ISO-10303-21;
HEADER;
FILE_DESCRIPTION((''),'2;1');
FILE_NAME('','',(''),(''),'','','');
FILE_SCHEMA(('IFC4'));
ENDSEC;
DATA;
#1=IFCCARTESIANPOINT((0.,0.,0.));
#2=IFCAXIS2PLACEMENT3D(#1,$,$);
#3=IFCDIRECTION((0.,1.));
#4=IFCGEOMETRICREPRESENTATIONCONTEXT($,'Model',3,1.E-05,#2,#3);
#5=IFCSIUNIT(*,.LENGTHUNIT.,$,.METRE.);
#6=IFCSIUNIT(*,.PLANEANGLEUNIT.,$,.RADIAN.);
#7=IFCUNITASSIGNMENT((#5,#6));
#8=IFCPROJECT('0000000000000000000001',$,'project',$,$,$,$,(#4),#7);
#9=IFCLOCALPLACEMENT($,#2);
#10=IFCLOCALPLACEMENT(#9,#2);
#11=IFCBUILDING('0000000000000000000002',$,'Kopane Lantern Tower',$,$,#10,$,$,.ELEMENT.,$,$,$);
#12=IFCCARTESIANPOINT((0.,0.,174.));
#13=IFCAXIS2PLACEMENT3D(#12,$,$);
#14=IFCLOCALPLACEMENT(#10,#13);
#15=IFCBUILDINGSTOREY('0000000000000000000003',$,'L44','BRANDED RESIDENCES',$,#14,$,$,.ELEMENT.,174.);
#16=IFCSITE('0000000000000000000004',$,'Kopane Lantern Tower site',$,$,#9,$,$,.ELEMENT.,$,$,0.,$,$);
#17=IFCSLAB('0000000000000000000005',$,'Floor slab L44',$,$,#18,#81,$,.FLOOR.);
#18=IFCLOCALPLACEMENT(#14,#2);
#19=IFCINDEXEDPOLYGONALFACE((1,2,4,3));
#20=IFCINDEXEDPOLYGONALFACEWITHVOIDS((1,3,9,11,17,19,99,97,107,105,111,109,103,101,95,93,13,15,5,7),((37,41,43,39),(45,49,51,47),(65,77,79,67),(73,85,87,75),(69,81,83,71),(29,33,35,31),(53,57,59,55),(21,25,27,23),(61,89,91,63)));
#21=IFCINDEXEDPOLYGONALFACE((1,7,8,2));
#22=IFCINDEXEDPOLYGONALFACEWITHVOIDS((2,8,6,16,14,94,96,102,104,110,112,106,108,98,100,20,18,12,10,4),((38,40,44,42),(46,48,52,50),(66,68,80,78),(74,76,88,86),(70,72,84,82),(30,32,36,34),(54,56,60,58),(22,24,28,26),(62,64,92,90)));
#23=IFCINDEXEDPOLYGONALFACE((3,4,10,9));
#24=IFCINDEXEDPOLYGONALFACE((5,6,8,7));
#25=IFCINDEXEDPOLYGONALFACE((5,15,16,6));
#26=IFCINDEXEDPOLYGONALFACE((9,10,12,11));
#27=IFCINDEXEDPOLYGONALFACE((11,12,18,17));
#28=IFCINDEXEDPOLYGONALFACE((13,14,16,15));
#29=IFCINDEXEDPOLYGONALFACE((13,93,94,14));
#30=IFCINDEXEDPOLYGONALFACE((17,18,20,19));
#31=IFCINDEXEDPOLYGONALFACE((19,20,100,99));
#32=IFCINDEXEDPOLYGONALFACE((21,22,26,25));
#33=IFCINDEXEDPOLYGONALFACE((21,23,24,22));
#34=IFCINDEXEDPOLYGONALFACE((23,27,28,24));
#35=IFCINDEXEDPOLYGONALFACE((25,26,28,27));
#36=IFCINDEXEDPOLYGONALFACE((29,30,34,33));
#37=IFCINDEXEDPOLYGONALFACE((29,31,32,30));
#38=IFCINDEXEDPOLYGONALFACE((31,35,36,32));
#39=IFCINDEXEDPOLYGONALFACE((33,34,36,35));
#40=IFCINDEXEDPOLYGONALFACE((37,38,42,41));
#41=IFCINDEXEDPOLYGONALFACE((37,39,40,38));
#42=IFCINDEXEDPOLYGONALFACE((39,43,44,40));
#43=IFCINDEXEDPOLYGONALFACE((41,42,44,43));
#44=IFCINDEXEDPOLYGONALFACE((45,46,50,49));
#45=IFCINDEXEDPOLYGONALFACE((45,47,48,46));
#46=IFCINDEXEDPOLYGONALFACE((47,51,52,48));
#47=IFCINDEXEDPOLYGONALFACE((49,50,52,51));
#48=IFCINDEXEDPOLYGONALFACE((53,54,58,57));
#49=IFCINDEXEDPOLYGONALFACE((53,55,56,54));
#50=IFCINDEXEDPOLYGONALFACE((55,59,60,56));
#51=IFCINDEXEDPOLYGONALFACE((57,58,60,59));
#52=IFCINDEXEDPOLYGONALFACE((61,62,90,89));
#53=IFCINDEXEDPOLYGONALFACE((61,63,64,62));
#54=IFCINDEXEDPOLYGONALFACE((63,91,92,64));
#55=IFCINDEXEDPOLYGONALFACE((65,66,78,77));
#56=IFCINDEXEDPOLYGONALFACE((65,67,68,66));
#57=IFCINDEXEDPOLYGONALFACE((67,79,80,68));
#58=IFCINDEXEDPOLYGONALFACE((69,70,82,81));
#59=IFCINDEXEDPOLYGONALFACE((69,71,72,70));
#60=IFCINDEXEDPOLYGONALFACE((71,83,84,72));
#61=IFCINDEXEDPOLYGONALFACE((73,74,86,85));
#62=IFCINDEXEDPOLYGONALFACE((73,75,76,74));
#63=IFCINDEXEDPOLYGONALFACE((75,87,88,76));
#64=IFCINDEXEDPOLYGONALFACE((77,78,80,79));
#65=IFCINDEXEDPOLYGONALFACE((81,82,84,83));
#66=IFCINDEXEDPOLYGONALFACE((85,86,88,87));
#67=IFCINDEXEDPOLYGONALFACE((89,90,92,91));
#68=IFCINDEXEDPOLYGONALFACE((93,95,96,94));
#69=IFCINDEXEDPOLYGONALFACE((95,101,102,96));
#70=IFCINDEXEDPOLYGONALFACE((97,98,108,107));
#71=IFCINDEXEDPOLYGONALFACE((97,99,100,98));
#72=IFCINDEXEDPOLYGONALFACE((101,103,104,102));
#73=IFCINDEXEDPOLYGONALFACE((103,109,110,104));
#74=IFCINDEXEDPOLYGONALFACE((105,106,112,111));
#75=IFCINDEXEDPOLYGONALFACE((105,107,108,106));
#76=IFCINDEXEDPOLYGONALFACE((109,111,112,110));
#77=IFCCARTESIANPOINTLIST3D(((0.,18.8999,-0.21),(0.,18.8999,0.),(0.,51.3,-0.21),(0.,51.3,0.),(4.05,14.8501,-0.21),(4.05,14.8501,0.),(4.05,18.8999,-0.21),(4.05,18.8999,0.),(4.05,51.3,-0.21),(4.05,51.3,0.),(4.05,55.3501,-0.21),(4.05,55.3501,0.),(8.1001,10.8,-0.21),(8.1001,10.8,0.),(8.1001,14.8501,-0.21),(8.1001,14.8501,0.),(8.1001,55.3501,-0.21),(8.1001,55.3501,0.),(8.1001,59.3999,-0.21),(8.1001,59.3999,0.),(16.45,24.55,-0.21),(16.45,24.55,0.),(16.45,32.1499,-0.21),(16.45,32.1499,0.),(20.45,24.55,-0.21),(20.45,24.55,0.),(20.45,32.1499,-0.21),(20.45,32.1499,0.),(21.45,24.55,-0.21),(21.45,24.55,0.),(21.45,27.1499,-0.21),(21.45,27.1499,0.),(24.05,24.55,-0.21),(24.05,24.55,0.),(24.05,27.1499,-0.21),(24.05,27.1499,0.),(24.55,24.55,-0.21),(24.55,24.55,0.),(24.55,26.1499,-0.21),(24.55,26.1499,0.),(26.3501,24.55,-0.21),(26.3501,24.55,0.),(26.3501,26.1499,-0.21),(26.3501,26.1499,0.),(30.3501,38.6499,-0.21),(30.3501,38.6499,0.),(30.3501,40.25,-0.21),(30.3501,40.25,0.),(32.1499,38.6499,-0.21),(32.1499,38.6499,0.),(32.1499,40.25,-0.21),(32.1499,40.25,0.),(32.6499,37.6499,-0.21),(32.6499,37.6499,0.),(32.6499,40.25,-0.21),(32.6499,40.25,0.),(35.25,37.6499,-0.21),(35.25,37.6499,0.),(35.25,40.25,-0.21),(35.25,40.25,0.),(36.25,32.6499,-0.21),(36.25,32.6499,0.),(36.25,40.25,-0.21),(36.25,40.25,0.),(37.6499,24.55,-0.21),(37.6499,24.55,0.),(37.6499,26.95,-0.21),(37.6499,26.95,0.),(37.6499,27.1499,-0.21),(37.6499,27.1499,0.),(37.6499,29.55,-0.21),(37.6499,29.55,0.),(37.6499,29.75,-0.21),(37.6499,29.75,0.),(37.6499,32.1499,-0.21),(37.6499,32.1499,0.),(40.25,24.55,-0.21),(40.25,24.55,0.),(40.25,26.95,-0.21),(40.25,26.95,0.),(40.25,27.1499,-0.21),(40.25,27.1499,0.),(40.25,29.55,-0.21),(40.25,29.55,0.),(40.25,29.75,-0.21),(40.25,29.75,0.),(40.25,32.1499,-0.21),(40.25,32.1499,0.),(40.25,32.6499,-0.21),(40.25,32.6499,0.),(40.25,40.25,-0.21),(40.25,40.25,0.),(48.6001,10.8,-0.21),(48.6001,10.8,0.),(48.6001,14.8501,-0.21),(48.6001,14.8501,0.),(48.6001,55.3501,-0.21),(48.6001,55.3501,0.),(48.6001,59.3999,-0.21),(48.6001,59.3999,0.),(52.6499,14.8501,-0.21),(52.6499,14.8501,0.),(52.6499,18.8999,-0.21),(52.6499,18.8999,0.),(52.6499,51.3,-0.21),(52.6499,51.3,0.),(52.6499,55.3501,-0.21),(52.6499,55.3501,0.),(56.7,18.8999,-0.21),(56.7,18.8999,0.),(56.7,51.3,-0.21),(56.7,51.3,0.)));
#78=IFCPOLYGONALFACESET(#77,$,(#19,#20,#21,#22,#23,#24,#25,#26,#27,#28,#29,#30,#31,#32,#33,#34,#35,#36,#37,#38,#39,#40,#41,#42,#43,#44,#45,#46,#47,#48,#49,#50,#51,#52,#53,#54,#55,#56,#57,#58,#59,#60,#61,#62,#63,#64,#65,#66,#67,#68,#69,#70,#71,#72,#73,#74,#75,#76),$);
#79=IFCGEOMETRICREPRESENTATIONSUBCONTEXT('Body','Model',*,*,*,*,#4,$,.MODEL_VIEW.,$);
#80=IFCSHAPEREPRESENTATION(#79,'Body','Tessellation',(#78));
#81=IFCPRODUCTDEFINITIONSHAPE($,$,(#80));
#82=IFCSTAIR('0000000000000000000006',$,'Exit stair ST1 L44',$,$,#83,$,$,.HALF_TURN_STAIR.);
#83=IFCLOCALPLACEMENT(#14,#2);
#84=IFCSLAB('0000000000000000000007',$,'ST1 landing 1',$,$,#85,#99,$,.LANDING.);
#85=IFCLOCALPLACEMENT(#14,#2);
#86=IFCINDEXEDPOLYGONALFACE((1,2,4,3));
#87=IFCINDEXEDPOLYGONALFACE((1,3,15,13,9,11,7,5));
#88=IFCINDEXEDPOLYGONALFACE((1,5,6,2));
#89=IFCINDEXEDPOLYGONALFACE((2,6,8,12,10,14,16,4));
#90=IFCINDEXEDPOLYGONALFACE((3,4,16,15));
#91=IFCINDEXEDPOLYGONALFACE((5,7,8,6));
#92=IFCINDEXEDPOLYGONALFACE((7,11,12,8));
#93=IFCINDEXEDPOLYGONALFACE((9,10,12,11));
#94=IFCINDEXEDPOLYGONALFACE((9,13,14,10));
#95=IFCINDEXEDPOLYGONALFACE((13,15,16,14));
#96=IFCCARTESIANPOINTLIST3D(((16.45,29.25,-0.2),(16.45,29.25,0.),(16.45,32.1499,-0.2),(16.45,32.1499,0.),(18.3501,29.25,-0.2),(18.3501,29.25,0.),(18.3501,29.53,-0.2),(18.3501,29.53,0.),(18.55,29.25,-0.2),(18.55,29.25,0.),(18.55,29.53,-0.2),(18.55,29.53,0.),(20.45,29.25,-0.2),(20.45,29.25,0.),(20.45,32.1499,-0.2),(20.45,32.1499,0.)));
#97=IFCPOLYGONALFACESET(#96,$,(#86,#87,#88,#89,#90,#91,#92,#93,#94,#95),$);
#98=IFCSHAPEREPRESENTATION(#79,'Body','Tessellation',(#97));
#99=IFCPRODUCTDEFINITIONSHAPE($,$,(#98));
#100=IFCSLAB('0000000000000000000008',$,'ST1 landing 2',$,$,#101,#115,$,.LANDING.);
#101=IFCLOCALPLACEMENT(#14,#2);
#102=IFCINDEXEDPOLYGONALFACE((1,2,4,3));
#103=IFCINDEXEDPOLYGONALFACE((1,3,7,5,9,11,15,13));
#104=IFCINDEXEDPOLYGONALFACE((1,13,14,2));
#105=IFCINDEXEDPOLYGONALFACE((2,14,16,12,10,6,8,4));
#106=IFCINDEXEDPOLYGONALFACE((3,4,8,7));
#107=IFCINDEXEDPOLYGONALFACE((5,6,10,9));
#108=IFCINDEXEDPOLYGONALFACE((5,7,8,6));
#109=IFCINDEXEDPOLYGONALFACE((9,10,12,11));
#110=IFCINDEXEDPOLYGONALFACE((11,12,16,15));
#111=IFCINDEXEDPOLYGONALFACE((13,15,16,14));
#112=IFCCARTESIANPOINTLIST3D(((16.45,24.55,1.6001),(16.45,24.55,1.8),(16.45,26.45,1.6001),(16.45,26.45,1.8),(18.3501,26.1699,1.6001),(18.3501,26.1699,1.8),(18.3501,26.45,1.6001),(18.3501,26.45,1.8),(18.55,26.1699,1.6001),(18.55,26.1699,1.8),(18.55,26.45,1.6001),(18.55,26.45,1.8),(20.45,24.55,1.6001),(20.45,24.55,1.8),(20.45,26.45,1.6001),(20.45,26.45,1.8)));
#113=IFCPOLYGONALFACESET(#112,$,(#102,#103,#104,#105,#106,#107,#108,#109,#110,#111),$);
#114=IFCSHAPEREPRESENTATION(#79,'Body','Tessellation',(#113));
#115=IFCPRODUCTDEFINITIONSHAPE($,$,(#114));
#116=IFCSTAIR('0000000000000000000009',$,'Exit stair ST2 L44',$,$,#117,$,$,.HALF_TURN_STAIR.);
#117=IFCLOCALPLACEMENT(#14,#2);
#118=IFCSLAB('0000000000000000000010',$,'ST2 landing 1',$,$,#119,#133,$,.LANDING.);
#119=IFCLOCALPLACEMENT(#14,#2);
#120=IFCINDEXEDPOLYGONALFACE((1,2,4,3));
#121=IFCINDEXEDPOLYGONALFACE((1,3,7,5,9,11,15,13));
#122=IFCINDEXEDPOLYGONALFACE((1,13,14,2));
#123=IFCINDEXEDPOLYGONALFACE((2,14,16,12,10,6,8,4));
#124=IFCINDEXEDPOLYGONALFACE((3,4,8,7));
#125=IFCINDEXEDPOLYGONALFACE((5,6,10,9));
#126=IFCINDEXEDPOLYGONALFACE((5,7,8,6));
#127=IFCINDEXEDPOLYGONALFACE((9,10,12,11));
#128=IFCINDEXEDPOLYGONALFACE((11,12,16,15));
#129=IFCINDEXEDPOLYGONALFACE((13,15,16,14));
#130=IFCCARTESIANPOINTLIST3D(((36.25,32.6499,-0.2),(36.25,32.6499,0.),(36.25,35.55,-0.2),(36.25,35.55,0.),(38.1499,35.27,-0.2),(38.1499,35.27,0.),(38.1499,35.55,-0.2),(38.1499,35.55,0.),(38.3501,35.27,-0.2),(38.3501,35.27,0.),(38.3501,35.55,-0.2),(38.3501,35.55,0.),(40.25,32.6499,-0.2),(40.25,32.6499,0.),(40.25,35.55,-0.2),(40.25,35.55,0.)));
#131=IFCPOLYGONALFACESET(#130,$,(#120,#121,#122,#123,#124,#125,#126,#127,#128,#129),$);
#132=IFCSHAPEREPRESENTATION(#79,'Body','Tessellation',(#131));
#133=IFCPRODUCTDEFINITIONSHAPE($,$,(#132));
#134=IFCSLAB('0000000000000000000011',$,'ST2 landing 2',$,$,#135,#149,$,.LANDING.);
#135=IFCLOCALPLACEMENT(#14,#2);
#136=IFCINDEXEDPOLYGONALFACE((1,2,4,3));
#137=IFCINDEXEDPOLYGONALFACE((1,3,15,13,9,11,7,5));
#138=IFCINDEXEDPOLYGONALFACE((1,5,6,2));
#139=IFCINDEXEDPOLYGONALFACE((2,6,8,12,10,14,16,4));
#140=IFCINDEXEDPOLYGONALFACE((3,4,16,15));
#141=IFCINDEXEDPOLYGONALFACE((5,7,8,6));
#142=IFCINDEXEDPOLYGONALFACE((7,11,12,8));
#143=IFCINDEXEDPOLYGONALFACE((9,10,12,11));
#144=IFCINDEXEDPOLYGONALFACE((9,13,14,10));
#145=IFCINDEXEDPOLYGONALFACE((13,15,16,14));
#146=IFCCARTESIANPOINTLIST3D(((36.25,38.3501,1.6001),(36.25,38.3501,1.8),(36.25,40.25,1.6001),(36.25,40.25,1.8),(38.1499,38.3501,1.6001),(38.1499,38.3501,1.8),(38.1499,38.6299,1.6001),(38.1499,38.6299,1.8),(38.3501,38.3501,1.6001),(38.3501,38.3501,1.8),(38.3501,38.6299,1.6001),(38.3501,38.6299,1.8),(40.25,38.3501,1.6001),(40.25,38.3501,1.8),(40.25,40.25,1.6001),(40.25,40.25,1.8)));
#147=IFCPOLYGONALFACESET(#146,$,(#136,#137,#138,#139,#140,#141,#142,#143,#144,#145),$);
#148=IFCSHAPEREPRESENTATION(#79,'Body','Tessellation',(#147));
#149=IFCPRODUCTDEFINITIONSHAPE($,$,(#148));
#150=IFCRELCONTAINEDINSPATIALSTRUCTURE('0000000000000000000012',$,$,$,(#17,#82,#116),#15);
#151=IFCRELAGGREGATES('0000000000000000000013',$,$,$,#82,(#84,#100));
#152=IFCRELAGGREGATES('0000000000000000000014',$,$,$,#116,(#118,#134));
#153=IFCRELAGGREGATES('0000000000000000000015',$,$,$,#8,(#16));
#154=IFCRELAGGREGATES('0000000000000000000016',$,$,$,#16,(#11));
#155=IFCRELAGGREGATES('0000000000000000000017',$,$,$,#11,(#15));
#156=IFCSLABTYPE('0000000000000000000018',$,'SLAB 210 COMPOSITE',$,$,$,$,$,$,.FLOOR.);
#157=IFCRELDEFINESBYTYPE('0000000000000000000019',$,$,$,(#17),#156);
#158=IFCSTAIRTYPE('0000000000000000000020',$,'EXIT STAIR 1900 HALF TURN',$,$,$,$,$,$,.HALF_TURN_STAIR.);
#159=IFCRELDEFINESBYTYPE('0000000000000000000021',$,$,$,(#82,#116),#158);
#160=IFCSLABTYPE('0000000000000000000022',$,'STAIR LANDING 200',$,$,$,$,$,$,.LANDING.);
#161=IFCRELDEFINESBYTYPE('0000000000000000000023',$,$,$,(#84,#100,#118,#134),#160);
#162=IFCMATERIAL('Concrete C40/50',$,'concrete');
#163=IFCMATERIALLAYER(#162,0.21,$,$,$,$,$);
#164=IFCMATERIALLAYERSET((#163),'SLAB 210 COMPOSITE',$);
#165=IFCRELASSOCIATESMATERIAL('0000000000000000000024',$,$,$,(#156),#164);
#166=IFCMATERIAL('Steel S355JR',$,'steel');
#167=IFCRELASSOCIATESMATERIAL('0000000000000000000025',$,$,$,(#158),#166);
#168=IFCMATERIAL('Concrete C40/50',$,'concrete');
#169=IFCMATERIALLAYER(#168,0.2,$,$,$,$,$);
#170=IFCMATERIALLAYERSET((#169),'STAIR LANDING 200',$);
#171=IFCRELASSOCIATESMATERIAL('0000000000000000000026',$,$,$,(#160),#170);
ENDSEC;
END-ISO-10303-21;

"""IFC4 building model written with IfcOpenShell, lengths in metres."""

from ifc_helpers import new_model, si_unit, direction, frame, origin, place, context, subcontext, project, spatial, polyline, outline, extrude, material, layer, layer_set, type_object, element, aggregate, save


model = new_model("IFC4")

# Units and contexts
model_context = context("Model", 3, precision=1e-05, world=origin(), true_north=direction((0.0, 1.0)))
body_context = subcontext(model_context, "Body", "Model", "MODEL_VIEW")
ifc_project = project(units=[si_unit("LENGTHUNIT", "METRE"), si_unit("PLANEANGLEUNIT", "RADIAN")], contexts=[model_context])

# Site, building, storey
site_placement = place(None, origin())
site = spatial("IfcSite", under=ifc_project, at=site_placement, Name="Kopane Lantern Tower site", CompositionType="ELEMENT", RefElevation=0.0)
building_placement = place(site_placement, origin())
building = spatial("IfcBuilding", under=site, at=building_placement, Name="Kopane Lantern Tower", CompositionType="ELEMENT")
storey_placement = place(building_placement, frame((0.0, 0.0, 174.0)))
storey = spatial("IfcBuildingStorey", under=building, at=storey_placement, Name="L44", Description="BRANDED RESIDENCES", CompositionType="ELEMENT", Elevation=174.0)

# Slab
ifc_material_1 = material(Name="Concrete C40/50", Category="concrete")
ifc_layer_1 = layer(ifc_material_1, 0.21)
ifc_layer_set_1 = layer_set([ifc_layer_1], Name="SLAB 210 COMPOSITE")
slab_type_1 = type_object("IfcSlabType", Name="SLAB 210 COMPOSITE", PredefinedType="FLOOR", material=ifc_layer_set_1)
slab_1_placement = place(storey_placement, frame((0.0, 0.0, -0.21)))
element("IfcSlab", 1, at=slab_1_placement, inside=storey, type_object=slab_type_1, Name="Floor slab L44", PredefinedType="FLOOR", context=body_context, shape_type="SweptSolid", body=[
    extrude(outline(polyline([(8.1001, 10.8), (48.6001, 10.8), (48.6001, 14.8501), (52.6499, 14.8501), (52.6499, 18.8999), (56.7, 18.8999), (56.7, 51.3), (52.6499, 51.3), (52.6499, 55.3501), (48.6001, 55.3501), (48.6001, 59.3999), (8.1001, 59.3999), (8.1001, 55.3501), (4.05, 55.3501), (4.05, 51.3), (0.0, 51.3), (0.0, 18.8999), (4.05, 18.8999), (4.05, 14.8501), (8.1001, 14.8501), (8.1001, 10.8)]), holes=[polyline([(16.45, 24.55), (20.45, 24.55), (20.45, 32.1499), (16.45, 32.1499), (16.45, 24.55)]), polyline([(36.25, 32.6499), (40.25, 32.6499), (40.25, 40.25), (36.25, 40.25), (36.25, 32.6499)]), polyline([(37.6499, 24.55), (40.25, 24.55), (40.25, 26.95), (37.6499, 26.95), (37.6499, 24.55)]), polyline([(37.6499, 27.1499), (40.25, 27.1499), (40.25, 29.55), (37.6499, 29.55), (37.6499, 27.1499)]), polyline([(37.6499, 29.75), (40.25, 29.75), (40.25, 32.1499), (37.6499, 32.1499), (37.6499, 29.75)]), polyline([(21.45, 24.55), (24.05, 24.55), (24.05, 27.1499), (21.45, 27.1499), (21.45, 24.55)]), polyline([(32.6499, 37.6499), (35.25, 37.6499), (35.25, 40.25), (32.6499, 40.25), (32.6499, 37.6499)]), polyline([(24.55, 24.55), (26.3501, 24.55), (26.3501, 26.1499), (24.55, 26.1499), (24.55, 24.55)]), polyline([(30.3501, 38.6499), (32.1499, 38.6499), (32.1499, 40.25), (30.3501, 40.25), (30.3501, 38.6499)])]), origin(), (0.0, 0.0, 1.0), 0.21),
])

# Stairs, slabs
ifc_material_2 = material(Name="Steel S355JR", Category="steel")
stair_type = type_object("IfcStairType", Name="EXIT STAIR 1900 HALF TURN", PredefinedType="HALF_TURN_STAIR", material=ifc_material_2)
stair_1_placement = place(storey_placement, origin())
stair_1 = element("IfcStair", 2, at=stair_1_placement, inside=storey, type_object=stair_type, Name="Exit stair ST1 L44", PredefinedType="HALF_TURN_STAIR")
ifc_material_3 = material(Name="Concrete C40/50", Category="concrete")
ifc_layer_2 = layer(ifc_material_3, 0.2)
ifc_layer_set_2 = layer_set([ifc_layer_2], Name="STAIR LANDING 200")
slab_type_2 = type_object("IfcSlabType", Name="STAIR LANDING 200", PredefinedType="LANDING", material=ifc_layer_set_2)
slab_2_placement = place(storey_placement, frame((0.0, 0.0, -0.2)))
slab_2 = element("IfcSlab", 3, at=slab_2_placement, type_object=slab_type_2, Name="ST1 landing 1", PredefinedType="LANDING", context=body_context, shape_type="SweptSolid", body=[
    extrude(outline(polyline([(18.3501, 29.53), (18.55, 29.53), (18.55, 29.25), (20.45, 29.25), (20.45, 32.1499), (16.45, 32.1499), (16.45, 29.25), (18.3501, 29.25), (18.3501, 29.53)])), origin(), (0.0, 0.0, 1.0), 0.2),
])
slab_3_placement = place(storey_placement, frame((0.0, 0.0, 1.6001)))
slab_3 = element("IfcSlab", 4, at=slab_3_placement, type_object=slab_type_2, Name="ST1 landing 2", PredefinedType="LANDING", context=body_context, shape_type="SweptSolid", body=[
    extrude(outline(polyline([(20.45, 26.45), (18.55, 26.45), (18.55, 26.1699), (18.3501, 26.1699), (18.3501, 26.45), (16.45, 26.45), (16.45, 24.55), (20.45, 24.55), (20.45, 26.45)])), origin(), (0.0, 0.0, 1.0), 0.2),
])
aggregate(stair_1, [slab_2, slab_3])
stair_2_placement = place(storey_placement, origin())
stair_2 = element("IfcStair", 5, at=stair_2_placement, inside=storey, type_object=stair_type, Name="Exit stair ST2 L44", PredefinedType="HALF_TURN_STAIR")
slab_4_placement = place(storey_placement, frame((0.0, 0.0, -0.2)))
slab_4 = element("IfcSlab", 6, at=slab_4_placement, type_object=slab_type_2, Name="ST2 landing 1", PredefinedType="LANDING", context=body_context, shape_type="SweptSolid", body=[
    extrude(outline(polyline([(40.25, 35.55), (38.3501, 35.55), (38.3501, 35.27), (38.1499, 35.27), (38.1499, 35.55), (36.25, 35.55), (36.25, 32.6499), (40.25, 32.6499), (40.25, 35.55)])), origin(), (0.0, 0.0, 1.0), 0.2),
])
slab_5_placement = place(storey_placement, frame((0.0, 0.0, 1.6001)))
slab_5 = element("IfcSlab", 7, at=slab_5_placement, type_object=slab_type_2, Name="ST2 landing 2", PredefinedType="LANDING", context=body_context, shape_type="SweptSolid", body=[
    extrude(outline(polyline([(38.1499, 38.6299), (38.3501, 38.6299), (38.3501, 38.3501), (40.25, 38.3501), (40.25, 40.25), (36.25, 40.25), (36.25, 38.3501), (38.1499, 38.3501), (38.1499, 38.6299)])), origin(), (0.0, 0.0, 1.0), 0.2),
])
aggregate(stair_2, [slab_4, slab_5])

save(model, "model.ifc")
